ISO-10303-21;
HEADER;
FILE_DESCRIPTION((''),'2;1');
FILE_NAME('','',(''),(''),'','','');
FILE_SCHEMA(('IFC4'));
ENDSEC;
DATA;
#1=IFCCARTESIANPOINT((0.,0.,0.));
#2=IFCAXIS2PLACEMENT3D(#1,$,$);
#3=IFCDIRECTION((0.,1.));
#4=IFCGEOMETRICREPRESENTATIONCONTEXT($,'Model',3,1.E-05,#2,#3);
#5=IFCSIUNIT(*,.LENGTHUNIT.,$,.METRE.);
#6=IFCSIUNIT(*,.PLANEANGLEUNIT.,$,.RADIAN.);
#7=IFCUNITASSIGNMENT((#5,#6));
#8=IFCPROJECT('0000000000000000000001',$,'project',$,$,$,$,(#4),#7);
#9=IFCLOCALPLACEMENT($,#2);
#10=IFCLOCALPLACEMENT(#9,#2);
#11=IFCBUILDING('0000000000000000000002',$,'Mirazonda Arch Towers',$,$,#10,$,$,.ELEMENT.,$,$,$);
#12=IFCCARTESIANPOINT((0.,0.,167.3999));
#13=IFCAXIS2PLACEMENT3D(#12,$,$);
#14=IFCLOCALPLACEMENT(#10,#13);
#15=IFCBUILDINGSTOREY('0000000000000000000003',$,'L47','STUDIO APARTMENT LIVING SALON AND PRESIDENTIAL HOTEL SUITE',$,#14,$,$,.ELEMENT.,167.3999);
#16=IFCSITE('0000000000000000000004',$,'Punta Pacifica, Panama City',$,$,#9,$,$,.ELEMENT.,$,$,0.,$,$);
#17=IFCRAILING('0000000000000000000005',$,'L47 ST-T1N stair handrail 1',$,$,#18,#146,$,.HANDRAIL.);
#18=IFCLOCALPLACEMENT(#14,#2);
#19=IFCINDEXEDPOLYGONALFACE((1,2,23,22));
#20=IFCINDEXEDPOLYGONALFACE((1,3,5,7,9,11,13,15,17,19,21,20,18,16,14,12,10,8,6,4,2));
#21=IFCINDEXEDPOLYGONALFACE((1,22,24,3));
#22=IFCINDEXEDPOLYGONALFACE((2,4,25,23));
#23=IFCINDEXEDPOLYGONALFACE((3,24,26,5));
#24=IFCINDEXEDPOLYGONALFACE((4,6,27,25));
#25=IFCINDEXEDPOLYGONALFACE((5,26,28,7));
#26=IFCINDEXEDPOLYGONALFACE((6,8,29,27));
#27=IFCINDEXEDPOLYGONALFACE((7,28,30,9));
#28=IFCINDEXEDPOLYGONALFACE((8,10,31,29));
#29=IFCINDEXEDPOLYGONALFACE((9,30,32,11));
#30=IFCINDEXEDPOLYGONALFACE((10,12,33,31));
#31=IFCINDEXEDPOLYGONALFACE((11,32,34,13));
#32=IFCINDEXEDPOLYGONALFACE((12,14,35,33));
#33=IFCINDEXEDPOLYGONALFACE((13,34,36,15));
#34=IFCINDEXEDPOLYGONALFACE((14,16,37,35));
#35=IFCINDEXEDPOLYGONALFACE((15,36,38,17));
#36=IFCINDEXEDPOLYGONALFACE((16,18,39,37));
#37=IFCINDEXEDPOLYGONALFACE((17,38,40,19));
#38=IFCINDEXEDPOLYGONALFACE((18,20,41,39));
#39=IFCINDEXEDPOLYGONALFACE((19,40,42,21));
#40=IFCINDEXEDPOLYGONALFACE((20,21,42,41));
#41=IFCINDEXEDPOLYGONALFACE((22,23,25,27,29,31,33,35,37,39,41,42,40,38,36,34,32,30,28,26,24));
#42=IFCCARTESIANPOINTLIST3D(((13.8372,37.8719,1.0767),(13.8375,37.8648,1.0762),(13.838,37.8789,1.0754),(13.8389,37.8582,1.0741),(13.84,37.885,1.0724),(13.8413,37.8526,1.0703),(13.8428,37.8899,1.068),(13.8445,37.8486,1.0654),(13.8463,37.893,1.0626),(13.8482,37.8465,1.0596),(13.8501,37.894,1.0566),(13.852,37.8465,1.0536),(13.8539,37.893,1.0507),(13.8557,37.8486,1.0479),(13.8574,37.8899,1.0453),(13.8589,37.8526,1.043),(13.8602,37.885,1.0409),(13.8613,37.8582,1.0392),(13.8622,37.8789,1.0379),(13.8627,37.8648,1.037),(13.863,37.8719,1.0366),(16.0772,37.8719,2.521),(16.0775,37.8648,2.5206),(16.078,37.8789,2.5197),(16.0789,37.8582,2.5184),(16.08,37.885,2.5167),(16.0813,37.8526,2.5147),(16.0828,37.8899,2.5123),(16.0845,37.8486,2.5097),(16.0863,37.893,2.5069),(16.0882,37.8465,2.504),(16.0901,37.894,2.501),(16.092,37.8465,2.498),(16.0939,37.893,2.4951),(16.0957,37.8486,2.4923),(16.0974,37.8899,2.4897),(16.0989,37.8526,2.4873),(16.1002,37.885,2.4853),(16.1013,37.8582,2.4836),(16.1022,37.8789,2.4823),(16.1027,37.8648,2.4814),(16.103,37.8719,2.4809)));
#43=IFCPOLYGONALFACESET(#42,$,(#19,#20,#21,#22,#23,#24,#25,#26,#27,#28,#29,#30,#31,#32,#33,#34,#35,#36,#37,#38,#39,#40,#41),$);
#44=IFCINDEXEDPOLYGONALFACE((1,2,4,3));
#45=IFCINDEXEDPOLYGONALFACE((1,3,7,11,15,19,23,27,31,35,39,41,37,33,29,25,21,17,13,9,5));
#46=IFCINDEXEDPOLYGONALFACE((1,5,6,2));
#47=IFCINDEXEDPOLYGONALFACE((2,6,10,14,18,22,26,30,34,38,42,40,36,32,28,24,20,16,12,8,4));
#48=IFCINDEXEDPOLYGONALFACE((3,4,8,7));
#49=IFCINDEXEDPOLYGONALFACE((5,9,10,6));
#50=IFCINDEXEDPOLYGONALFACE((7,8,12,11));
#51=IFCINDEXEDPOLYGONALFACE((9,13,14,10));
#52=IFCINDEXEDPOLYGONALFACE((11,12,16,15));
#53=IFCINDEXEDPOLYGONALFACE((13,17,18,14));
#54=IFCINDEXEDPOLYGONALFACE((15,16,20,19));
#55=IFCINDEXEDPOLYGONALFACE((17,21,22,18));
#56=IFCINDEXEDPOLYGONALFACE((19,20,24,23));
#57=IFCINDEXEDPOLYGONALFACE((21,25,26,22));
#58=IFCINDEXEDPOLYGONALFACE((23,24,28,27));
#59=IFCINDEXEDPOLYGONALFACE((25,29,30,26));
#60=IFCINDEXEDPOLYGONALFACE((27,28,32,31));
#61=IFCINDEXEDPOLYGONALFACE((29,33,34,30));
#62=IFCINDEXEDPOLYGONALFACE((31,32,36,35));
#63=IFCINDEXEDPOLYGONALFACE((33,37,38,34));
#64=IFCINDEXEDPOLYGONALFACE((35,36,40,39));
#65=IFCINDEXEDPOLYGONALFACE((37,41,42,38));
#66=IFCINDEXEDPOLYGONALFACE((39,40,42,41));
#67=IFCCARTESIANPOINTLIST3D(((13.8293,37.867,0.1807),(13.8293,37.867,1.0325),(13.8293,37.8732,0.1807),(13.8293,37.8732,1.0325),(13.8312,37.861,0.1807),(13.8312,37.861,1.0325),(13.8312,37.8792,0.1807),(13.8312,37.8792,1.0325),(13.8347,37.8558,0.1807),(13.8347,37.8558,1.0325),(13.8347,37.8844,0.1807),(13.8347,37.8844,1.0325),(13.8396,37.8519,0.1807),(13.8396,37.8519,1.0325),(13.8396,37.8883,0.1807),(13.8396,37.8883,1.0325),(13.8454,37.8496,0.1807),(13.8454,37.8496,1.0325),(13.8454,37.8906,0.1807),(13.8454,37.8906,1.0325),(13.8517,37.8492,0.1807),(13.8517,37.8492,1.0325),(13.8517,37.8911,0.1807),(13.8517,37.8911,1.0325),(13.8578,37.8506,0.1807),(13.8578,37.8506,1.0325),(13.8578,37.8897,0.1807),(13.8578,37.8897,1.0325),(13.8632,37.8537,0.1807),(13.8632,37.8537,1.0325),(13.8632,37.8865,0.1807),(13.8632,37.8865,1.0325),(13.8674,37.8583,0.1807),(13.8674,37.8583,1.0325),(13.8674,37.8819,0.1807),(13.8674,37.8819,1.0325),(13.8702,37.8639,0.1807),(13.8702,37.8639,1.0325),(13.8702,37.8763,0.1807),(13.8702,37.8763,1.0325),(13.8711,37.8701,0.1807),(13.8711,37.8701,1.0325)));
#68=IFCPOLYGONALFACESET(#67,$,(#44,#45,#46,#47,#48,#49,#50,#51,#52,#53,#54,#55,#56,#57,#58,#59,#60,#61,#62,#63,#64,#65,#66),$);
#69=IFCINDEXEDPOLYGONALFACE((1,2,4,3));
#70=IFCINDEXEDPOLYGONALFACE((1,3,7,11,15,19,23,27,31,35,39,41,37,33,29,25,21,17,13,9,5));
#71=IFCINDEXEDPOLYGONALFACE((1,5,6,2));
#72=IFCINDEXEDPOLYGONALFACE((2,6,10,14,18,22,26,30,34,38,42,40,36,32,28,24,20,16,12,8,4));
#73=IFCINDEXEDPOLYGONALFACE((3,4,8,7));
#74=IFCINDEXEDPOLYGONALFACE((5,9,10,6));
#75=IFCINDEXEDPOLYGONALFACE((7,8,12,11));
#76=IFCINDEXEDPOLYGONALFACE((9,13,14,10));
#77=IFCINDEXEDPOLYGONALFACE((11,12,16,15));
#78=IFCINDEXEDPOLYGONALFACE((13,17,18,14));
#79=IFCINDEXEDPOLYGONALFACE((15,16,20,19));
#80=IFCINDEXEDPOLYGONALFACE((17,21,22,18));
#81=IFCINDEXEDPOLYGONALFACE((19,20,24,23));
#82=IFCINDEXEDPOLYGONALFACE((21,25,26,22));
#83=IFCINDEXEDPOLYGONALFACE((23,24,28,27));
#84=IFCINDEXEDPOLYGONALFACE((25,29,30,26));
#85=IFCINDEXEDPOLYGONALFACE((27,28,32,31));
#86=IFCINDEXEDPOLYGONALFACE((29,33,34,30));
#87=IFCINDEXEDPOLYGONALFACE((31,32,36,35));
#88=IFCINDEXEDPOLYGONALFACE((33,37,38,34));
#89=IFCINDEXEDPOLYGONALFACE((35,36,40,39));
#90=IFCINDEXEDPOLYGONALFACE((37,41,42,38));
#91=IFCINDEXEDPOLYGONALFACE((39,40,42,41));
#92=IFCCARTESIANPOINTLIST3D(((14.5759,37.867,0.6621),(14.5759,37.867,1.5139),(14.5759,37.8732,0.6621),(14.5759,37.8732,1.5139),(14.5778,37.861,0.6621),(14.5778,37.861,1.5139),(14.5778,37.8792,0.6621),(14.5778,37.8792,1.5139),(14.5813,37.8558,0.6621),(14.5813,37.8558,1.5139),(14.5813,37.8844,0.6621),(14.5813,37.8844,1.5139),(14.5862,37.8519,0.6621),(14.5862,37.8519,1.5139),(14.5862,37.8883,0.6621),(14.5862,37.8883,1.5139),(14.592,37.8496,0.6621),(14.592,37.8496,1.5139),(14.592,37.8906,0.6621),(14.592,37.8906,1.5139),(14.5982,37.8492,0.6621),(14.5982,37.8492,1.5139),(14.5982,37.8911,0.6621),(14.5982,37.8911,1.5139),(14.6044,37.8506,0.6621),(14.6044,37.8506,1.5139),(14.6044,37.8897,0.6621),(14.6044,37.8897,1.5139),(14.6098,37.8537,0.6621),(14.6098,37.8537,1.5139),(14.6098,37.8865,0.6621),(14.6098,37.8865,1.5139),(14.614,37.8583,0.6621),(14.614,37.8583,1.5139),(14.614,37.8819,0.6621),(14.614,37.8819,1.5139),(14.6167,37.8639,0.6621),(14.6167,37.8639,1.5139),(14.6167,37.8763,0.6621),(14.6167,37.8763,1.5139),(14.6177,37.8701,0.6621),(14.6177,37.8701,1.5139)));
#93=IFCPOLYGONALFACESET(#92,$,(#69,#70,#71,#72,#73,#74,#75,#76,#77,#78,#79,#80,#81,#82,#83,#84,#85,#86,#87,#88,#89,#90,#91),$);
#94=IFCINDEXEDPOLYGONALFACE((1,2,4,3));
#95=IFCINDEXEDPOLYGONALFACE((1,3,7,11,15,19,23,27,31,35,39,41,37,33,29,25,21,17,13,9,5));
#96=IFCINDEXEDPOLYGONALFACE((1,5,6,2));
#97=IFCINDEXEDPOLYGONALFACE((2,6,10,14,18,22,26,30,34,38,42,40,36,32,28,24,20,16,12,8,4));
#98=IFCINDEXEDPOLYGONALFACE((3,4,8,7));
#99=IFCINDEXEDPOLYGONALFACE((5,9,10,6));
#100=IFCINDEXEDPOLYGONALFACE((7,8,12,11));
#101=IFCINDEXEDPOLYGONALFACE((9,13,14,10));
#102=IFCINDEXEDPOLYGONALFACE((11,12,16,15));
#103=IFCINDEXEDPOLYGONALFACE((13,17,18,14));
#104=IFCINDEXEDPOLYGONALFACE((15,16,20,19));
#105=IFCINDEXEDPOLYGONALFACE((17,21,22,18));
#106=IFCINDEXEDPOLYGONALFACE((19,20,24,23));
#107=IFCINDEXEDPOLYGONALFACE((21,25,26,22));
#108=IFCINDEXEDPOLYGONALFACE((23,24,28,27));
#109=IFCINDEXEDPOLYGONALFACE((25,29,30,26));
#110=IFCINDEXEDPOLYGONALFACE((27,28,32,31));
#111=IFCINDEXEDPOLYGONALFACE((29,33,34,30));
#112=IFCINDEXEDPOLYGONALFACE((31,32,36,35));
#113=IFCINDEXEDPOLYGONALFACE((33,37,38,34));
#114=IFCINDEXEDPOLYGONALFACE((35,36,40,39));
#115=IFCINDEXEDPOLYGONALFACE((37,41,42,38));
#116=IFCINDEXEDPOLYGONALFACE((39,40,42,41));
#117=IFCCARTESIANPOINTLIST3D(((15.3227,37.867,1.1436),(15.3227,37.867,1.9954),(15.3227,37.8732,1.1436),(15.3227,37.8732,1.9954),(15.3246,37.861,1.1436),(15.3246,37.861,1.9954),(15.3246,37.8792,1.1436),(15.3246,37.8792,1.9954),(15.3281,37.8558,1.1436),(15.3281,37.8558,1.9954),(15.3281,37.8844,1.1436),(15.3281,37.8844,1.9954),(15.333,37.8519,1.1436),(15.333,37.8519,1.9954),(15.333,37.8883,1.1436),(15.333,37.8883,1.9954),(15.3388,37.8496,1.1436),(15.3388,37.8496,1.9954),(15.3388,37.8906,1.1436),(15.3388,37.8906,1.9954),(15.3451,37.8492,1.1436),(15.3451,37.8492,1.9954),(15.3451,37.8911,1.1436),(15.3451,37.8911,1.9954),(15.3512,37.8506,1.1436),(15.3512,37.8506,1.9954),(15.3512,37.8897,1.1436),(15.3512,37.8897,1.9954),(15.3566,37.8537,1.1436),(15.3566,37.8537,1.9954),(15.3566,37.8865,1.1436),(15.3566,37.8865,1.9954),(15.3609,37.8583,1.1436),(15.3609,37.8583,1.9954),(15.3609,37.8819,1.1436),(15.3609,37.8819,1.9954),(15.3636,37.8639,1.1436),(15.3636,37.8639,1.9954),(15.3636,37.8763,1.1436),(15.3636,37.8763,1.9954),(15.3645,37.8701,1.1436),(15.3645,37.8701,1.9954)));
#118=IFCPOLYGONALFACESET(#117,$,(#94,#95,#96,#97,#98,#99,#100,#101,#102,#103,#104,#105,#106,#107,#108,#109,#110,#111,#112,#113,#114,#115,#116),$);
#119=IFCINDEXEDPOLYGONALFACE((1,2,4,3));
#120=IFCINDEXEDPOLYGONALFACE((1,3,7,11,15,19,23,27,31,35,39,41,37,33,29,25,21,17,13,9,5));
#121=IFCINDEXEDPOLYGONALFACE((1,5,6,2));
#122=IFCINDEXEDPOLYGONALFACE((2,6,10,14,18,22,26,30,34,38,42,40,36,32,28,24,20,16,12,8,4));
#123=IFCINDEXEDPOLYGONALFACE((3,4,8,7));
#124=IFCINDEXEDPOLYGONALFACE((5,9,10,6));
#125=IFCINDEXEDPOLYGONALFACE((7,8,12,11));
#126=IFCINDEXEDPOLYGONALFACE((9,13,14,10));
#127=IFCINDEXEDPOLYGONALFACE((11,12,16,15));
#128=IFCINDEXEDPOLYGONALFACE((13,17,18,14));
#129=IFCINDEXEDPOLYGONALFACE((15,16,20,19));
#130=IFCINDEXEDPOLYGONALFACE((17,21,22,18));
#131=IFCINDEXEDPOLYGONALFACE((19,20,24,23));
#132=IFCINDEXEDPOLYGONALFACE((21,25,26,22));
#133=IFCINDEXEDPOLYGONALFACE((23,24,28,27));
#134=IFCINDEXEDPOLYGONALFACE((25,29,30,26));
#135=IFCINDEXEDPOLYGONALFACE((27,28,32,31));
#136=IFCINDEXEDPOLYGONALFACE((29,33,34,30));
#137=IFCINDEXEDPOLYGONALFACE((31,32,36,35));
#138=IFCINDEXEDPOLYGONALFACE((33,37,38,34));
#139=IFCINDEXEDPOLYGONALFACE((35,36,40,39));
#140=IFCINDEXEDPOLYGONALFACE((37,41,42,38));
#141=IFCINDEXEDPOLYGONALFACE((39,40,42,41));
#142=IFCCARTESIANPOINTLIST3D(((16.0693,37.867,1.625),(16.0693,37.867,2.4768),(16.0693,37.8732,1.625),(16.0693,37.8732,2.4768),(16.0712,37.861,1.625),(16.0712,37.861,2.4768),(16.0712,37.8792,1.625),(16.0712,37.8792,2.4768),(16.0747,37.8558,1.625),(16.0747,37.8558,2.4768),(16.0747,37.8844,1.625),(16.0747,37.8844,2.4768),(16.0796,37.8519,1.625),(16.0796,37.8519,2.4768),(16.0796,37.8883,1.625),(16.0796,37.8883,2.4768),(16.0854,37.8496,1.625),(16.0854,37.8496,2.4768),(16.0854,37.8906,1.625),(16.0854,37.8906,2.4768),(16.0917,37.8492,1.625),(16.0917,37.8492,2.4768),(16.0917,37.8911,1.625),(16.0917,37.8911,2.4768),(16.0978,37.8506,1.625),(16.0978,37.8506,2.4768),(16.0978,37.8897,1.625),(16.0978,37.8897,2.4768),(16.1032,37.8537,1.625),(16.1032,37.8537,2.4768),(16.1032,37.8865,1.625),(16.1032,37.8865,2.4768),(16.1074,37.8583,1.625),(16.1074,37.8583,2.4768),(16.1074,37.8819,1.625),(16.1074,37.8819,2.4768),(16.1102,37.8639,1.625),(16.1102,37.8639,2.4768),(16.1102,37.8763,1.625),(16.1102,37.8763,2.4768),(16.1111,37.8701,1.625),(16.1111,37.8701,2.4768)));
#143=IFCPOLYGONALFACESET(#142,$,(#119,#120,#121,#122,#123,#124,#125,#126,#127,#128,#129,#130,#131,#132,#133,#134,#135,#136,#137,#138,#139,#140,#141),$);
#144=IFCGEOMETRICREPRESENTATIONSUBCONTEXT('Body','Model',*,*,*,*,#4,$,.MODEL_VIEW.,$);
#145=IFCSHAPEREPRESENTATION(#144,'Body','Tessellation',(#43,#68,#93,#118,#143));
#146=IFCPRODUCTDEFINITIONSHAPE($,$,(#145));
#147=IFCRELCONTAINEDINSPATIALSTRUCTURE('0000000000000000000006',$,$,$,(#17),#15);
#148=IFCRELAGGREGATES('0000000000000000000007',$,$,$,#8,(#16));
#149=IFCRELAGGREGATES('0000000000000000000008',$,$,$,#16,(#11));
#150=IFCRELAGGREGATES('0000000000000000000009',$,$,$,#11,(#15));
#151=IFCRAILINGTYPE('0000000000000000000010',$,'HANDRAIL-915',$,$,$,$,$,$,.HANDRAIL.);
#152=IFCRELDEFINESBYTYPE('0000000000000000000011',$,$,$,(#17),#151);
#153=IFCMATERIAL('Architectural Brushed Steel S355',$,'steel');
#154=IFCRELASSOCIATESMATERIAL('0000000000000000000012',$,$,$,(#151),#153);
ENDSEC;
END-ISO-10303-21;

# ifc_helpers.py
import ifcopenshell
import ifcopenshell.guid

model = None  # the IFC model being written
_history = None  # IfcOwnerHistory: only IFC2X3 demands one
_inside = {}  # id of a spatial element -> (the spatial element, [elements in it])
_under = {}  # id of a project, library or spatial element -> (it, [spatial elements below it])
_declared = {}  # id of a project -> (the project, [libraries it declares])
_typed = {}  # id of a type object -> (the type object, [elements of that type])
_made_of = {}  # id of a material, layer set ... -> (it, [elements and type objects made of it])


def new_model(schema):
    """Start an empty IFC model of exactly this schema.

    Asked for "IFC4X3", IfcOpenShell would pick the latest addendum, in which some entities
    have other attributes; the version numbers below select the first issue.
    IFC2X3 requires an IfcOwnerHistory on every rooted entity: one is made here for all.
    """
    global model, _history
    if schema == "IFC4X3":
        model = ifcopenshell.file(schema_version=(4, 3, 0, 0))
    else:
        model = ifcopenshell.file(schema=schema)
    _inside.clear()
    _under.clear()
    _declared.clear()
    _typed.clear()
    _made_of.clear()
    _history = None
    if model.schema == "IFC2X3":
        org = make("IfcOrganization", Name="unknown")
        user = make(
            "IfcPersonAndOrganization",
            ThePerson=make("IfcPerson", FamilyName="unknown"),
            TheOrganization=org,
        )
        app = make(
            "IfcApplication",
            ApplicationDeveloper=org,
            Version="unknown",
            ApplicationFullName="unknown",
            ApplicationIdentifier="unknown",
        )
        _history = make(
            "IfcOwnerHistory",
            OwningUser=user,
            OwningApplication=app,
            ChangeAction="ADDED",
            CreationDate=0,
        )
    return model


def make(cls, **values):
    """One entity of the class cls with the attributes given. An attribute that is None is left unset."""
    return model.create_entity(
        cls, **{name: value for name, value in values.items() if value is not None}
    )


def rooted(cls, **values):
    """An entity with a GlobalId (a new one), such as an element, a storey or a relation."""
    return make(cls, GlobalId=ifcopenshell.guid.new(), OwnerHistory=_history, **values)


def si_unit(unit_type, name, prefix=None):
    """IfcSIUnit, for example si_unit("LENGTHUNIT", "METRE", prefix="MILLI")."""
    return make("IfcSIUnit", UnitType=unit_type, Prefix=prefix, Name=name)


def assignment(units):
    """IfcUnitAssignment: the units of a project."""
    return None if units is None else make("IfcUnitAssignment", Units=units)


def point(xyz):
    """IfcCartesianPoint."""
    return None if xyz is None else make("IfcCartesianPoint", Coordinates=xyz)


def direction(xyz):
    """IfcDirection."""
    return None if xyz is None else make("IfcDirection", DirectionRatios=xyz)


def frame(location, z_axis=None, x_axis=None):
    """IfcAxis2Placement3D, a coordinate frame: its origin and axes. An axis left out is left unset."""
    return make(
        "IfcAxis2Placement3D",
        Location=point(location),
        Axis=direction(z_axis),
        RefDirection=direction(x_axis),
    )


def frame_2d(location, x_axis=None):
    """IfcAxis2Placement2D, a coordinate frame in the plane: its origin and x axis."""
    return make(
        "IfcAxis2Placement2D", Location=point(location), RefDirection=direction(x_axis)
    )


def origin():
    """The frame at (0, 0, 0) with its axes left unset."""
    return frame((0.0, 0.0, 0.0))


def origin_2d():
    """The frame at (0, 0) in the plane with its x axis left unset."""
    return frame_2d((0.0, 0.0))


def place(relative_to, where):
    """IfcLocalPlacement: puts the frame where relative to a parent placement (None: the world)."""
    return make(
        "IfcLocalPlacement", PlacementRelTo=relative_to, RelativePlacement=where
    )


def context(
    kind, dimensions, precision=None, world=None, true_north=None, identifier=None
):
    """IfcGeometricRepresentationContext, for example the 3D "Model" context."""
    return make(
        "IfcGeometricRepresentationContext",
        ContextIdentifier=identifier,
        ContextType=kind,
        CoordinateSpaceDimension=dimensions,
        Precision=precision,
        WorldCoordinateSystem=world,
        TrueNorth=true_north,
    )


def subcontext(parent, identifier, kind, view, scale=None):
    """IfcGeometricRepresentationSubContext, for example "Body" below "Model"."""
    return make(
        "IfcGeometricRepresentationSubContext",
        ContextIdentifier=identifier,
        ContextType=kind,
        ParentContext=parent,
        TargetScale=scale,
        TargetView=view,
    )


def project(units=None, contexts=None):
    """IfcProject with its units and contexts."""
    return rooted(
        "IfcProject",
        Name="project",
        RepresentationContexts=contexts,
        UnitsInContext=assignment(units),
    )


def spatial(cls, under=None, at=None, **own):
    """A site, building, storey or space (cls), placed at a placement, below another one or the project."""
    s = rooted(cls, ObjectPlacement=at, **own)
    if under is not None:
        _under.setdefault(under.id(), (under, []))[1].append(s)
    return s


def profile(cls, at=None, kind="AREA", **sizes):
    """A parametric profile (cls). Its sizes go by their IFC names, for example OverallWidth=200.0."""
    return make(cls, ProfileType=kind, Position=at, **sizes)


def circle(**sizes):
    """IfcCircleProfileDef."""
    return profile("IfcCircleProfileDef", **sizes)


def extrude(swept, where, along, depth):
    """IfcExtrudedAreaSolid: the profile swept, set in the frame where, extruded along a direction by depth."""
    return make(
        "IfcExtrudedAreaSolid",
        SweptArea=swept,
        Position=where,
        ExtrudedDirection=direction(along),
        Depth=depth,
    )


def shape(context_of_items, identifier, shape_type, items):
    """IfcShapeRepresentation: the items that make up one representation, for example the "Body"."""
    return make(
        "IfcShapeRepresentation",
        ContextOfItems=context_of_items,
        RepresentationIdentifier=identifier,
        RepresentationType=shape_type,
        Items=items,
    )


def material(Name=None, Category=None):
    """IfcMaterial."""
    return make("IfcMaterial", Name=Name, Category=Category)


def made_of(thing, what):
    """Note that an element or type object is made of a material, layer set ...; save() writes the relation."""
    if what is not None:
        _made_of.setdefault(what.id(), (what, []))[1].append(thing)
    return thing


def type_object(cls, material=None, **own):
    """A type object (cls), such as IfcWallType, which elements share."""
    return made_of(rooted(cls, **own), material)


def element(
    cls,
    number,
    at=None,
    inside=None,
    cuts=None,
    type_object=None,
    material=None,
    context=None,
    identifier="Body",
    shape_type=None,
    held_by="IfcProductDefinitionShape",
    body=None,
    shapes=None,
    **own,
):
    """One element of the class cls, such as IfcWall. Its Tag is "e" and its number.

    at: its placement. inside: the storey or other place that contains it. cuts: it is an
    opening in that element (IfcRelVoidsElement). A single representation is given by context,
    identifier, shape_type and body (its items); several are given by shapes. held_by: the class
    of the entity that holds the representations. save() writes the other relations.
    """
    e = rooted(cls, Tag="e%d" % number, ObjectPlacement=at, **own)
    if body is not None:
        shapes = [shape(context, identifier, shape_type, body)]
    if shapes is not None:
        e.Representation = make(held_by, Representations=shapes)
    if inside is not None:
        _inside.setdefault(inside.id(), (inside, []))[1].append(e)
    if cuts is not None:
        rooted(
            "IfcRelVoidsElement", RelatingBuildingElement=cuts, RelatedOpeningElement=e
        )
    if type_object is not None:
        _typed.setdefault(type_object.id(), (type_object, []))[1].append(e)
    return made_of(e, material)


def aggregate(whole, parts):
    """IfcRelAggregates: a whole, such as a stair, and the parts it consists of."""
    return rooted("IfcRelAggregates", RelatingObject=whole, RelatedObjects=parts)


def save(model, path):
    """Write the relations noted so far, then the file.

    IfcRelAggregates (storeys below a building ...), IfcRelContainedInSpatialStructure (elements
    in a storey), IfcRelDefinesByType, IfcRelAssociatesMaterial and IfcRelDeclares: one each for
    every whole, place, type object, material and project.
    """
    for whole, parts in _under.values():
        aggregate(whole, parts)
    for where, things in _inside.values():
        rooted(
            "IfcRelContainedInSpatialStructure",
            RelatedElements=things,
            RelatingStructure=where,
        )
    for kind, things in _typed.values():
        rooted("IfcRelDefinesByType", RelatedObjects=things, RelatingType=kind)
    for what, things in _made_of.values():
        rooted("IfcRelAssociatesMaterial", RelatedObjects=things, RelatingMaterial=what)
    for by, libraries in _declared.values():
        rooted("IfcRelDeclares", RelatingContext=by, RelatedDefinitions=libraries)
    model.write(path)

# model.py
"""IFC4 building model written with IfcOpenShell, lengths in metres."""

from ifc_helpers import new_model, si_unit, direction, frame, origin, origin_2d, place, context, subcontext, project, spatial, circle, extrude, material, type_object, element, save


model = new_model("IFC4")

# Units and contexts
model_context = context("Model", 3, precision=1e-05, world=origin(), true_north=direction((0.0, 1.0)))
body_context = subcontext(model_context, "Body", "Model", "MODEL_VIEW")
ifc_project = project(units=[si_unit("LENGTHUNIT", "METRE"), si_unit("PLANEANGLEUNIT", "RADIAN")], contexts=[model_context])

# Site, building, storey
site_placement = place(None, origin())
site = spatial("IfcSite", under=ifc_project, at=site_placement, Name="Punta Pacifica, Panama City", CompositionType="ELEMENT", RefElevation=0.0)
building_placement = place(site_placement, origin())
building = spatial("IfcBuilding", under=site, at=building_placement, Name="Mirazonda Arch Towers", CompositionType="ELEMENT")
storey_placement = place(building_placement, frame((0.0, 0.0, 167.3999)))
storey = spatial("IfcBuildingStorey", under=building, at=storey_placement, Name="L47", Description="STUDIO APARTMENT LIVING SALON AND PRESIDENTIAL HOTEL SUITE", CompositionType="ELEMENT", Elevation=167.3999)

# Shared definitions
ifc_material_1 = material(Name="Architectural Brushed Steel S355", Category="steel")

# Railing
railing_type_1 = type_object("IfcRailingType", Name="HANDRAIL-915", PredefinedType="HANDRAIL", material=ifc_material_1)
railing_1_placement = place(storey_placement, frame((13.8501, 37.8701, 0.1807)))
element("IfcRailing", 1, at=railing_1_placement, inside=storey, type_object=railing_type_1, Name="L47 ST-T1N stair handrail 1", PredefinedType="HANDRAIL", context=body_context, shape_type="SweptSolid", body=[
    extrude(circle(Radius=0.0239, at=origin_2d()), frame((0.0, 0.0, 0.876), z_axis=(0.840437, 0.0, 0.54191), x_axis=(0.0, 1.0, 0.0)), (0.0, 0.0, 1.0), 2.6653),
    extrude(circle(Radius=0.021, at=origin_2d()), origin(), (0.0, 0.0, 1.0), 0.8518),
    extrude(circle(Radius=0.021, at=origin_2d()), frame((0.7466, 0.0, 0.4814)), (0.0, 0.0, 1.0), 0.8518),
    extrude(circle(Radius=0.021, at=origin_2d()), frame((1.4934, 0.0, 0.9629)), (0.0, 0.0, 1.0), 0.8518),
    extrude(circle(Radius=0.021, at=origin_2d()), frame((2.24, 0.0, 1.4443)), (0.0, 0.0, 1.0), 0.8518),
])

save(model, "model.ifc")
